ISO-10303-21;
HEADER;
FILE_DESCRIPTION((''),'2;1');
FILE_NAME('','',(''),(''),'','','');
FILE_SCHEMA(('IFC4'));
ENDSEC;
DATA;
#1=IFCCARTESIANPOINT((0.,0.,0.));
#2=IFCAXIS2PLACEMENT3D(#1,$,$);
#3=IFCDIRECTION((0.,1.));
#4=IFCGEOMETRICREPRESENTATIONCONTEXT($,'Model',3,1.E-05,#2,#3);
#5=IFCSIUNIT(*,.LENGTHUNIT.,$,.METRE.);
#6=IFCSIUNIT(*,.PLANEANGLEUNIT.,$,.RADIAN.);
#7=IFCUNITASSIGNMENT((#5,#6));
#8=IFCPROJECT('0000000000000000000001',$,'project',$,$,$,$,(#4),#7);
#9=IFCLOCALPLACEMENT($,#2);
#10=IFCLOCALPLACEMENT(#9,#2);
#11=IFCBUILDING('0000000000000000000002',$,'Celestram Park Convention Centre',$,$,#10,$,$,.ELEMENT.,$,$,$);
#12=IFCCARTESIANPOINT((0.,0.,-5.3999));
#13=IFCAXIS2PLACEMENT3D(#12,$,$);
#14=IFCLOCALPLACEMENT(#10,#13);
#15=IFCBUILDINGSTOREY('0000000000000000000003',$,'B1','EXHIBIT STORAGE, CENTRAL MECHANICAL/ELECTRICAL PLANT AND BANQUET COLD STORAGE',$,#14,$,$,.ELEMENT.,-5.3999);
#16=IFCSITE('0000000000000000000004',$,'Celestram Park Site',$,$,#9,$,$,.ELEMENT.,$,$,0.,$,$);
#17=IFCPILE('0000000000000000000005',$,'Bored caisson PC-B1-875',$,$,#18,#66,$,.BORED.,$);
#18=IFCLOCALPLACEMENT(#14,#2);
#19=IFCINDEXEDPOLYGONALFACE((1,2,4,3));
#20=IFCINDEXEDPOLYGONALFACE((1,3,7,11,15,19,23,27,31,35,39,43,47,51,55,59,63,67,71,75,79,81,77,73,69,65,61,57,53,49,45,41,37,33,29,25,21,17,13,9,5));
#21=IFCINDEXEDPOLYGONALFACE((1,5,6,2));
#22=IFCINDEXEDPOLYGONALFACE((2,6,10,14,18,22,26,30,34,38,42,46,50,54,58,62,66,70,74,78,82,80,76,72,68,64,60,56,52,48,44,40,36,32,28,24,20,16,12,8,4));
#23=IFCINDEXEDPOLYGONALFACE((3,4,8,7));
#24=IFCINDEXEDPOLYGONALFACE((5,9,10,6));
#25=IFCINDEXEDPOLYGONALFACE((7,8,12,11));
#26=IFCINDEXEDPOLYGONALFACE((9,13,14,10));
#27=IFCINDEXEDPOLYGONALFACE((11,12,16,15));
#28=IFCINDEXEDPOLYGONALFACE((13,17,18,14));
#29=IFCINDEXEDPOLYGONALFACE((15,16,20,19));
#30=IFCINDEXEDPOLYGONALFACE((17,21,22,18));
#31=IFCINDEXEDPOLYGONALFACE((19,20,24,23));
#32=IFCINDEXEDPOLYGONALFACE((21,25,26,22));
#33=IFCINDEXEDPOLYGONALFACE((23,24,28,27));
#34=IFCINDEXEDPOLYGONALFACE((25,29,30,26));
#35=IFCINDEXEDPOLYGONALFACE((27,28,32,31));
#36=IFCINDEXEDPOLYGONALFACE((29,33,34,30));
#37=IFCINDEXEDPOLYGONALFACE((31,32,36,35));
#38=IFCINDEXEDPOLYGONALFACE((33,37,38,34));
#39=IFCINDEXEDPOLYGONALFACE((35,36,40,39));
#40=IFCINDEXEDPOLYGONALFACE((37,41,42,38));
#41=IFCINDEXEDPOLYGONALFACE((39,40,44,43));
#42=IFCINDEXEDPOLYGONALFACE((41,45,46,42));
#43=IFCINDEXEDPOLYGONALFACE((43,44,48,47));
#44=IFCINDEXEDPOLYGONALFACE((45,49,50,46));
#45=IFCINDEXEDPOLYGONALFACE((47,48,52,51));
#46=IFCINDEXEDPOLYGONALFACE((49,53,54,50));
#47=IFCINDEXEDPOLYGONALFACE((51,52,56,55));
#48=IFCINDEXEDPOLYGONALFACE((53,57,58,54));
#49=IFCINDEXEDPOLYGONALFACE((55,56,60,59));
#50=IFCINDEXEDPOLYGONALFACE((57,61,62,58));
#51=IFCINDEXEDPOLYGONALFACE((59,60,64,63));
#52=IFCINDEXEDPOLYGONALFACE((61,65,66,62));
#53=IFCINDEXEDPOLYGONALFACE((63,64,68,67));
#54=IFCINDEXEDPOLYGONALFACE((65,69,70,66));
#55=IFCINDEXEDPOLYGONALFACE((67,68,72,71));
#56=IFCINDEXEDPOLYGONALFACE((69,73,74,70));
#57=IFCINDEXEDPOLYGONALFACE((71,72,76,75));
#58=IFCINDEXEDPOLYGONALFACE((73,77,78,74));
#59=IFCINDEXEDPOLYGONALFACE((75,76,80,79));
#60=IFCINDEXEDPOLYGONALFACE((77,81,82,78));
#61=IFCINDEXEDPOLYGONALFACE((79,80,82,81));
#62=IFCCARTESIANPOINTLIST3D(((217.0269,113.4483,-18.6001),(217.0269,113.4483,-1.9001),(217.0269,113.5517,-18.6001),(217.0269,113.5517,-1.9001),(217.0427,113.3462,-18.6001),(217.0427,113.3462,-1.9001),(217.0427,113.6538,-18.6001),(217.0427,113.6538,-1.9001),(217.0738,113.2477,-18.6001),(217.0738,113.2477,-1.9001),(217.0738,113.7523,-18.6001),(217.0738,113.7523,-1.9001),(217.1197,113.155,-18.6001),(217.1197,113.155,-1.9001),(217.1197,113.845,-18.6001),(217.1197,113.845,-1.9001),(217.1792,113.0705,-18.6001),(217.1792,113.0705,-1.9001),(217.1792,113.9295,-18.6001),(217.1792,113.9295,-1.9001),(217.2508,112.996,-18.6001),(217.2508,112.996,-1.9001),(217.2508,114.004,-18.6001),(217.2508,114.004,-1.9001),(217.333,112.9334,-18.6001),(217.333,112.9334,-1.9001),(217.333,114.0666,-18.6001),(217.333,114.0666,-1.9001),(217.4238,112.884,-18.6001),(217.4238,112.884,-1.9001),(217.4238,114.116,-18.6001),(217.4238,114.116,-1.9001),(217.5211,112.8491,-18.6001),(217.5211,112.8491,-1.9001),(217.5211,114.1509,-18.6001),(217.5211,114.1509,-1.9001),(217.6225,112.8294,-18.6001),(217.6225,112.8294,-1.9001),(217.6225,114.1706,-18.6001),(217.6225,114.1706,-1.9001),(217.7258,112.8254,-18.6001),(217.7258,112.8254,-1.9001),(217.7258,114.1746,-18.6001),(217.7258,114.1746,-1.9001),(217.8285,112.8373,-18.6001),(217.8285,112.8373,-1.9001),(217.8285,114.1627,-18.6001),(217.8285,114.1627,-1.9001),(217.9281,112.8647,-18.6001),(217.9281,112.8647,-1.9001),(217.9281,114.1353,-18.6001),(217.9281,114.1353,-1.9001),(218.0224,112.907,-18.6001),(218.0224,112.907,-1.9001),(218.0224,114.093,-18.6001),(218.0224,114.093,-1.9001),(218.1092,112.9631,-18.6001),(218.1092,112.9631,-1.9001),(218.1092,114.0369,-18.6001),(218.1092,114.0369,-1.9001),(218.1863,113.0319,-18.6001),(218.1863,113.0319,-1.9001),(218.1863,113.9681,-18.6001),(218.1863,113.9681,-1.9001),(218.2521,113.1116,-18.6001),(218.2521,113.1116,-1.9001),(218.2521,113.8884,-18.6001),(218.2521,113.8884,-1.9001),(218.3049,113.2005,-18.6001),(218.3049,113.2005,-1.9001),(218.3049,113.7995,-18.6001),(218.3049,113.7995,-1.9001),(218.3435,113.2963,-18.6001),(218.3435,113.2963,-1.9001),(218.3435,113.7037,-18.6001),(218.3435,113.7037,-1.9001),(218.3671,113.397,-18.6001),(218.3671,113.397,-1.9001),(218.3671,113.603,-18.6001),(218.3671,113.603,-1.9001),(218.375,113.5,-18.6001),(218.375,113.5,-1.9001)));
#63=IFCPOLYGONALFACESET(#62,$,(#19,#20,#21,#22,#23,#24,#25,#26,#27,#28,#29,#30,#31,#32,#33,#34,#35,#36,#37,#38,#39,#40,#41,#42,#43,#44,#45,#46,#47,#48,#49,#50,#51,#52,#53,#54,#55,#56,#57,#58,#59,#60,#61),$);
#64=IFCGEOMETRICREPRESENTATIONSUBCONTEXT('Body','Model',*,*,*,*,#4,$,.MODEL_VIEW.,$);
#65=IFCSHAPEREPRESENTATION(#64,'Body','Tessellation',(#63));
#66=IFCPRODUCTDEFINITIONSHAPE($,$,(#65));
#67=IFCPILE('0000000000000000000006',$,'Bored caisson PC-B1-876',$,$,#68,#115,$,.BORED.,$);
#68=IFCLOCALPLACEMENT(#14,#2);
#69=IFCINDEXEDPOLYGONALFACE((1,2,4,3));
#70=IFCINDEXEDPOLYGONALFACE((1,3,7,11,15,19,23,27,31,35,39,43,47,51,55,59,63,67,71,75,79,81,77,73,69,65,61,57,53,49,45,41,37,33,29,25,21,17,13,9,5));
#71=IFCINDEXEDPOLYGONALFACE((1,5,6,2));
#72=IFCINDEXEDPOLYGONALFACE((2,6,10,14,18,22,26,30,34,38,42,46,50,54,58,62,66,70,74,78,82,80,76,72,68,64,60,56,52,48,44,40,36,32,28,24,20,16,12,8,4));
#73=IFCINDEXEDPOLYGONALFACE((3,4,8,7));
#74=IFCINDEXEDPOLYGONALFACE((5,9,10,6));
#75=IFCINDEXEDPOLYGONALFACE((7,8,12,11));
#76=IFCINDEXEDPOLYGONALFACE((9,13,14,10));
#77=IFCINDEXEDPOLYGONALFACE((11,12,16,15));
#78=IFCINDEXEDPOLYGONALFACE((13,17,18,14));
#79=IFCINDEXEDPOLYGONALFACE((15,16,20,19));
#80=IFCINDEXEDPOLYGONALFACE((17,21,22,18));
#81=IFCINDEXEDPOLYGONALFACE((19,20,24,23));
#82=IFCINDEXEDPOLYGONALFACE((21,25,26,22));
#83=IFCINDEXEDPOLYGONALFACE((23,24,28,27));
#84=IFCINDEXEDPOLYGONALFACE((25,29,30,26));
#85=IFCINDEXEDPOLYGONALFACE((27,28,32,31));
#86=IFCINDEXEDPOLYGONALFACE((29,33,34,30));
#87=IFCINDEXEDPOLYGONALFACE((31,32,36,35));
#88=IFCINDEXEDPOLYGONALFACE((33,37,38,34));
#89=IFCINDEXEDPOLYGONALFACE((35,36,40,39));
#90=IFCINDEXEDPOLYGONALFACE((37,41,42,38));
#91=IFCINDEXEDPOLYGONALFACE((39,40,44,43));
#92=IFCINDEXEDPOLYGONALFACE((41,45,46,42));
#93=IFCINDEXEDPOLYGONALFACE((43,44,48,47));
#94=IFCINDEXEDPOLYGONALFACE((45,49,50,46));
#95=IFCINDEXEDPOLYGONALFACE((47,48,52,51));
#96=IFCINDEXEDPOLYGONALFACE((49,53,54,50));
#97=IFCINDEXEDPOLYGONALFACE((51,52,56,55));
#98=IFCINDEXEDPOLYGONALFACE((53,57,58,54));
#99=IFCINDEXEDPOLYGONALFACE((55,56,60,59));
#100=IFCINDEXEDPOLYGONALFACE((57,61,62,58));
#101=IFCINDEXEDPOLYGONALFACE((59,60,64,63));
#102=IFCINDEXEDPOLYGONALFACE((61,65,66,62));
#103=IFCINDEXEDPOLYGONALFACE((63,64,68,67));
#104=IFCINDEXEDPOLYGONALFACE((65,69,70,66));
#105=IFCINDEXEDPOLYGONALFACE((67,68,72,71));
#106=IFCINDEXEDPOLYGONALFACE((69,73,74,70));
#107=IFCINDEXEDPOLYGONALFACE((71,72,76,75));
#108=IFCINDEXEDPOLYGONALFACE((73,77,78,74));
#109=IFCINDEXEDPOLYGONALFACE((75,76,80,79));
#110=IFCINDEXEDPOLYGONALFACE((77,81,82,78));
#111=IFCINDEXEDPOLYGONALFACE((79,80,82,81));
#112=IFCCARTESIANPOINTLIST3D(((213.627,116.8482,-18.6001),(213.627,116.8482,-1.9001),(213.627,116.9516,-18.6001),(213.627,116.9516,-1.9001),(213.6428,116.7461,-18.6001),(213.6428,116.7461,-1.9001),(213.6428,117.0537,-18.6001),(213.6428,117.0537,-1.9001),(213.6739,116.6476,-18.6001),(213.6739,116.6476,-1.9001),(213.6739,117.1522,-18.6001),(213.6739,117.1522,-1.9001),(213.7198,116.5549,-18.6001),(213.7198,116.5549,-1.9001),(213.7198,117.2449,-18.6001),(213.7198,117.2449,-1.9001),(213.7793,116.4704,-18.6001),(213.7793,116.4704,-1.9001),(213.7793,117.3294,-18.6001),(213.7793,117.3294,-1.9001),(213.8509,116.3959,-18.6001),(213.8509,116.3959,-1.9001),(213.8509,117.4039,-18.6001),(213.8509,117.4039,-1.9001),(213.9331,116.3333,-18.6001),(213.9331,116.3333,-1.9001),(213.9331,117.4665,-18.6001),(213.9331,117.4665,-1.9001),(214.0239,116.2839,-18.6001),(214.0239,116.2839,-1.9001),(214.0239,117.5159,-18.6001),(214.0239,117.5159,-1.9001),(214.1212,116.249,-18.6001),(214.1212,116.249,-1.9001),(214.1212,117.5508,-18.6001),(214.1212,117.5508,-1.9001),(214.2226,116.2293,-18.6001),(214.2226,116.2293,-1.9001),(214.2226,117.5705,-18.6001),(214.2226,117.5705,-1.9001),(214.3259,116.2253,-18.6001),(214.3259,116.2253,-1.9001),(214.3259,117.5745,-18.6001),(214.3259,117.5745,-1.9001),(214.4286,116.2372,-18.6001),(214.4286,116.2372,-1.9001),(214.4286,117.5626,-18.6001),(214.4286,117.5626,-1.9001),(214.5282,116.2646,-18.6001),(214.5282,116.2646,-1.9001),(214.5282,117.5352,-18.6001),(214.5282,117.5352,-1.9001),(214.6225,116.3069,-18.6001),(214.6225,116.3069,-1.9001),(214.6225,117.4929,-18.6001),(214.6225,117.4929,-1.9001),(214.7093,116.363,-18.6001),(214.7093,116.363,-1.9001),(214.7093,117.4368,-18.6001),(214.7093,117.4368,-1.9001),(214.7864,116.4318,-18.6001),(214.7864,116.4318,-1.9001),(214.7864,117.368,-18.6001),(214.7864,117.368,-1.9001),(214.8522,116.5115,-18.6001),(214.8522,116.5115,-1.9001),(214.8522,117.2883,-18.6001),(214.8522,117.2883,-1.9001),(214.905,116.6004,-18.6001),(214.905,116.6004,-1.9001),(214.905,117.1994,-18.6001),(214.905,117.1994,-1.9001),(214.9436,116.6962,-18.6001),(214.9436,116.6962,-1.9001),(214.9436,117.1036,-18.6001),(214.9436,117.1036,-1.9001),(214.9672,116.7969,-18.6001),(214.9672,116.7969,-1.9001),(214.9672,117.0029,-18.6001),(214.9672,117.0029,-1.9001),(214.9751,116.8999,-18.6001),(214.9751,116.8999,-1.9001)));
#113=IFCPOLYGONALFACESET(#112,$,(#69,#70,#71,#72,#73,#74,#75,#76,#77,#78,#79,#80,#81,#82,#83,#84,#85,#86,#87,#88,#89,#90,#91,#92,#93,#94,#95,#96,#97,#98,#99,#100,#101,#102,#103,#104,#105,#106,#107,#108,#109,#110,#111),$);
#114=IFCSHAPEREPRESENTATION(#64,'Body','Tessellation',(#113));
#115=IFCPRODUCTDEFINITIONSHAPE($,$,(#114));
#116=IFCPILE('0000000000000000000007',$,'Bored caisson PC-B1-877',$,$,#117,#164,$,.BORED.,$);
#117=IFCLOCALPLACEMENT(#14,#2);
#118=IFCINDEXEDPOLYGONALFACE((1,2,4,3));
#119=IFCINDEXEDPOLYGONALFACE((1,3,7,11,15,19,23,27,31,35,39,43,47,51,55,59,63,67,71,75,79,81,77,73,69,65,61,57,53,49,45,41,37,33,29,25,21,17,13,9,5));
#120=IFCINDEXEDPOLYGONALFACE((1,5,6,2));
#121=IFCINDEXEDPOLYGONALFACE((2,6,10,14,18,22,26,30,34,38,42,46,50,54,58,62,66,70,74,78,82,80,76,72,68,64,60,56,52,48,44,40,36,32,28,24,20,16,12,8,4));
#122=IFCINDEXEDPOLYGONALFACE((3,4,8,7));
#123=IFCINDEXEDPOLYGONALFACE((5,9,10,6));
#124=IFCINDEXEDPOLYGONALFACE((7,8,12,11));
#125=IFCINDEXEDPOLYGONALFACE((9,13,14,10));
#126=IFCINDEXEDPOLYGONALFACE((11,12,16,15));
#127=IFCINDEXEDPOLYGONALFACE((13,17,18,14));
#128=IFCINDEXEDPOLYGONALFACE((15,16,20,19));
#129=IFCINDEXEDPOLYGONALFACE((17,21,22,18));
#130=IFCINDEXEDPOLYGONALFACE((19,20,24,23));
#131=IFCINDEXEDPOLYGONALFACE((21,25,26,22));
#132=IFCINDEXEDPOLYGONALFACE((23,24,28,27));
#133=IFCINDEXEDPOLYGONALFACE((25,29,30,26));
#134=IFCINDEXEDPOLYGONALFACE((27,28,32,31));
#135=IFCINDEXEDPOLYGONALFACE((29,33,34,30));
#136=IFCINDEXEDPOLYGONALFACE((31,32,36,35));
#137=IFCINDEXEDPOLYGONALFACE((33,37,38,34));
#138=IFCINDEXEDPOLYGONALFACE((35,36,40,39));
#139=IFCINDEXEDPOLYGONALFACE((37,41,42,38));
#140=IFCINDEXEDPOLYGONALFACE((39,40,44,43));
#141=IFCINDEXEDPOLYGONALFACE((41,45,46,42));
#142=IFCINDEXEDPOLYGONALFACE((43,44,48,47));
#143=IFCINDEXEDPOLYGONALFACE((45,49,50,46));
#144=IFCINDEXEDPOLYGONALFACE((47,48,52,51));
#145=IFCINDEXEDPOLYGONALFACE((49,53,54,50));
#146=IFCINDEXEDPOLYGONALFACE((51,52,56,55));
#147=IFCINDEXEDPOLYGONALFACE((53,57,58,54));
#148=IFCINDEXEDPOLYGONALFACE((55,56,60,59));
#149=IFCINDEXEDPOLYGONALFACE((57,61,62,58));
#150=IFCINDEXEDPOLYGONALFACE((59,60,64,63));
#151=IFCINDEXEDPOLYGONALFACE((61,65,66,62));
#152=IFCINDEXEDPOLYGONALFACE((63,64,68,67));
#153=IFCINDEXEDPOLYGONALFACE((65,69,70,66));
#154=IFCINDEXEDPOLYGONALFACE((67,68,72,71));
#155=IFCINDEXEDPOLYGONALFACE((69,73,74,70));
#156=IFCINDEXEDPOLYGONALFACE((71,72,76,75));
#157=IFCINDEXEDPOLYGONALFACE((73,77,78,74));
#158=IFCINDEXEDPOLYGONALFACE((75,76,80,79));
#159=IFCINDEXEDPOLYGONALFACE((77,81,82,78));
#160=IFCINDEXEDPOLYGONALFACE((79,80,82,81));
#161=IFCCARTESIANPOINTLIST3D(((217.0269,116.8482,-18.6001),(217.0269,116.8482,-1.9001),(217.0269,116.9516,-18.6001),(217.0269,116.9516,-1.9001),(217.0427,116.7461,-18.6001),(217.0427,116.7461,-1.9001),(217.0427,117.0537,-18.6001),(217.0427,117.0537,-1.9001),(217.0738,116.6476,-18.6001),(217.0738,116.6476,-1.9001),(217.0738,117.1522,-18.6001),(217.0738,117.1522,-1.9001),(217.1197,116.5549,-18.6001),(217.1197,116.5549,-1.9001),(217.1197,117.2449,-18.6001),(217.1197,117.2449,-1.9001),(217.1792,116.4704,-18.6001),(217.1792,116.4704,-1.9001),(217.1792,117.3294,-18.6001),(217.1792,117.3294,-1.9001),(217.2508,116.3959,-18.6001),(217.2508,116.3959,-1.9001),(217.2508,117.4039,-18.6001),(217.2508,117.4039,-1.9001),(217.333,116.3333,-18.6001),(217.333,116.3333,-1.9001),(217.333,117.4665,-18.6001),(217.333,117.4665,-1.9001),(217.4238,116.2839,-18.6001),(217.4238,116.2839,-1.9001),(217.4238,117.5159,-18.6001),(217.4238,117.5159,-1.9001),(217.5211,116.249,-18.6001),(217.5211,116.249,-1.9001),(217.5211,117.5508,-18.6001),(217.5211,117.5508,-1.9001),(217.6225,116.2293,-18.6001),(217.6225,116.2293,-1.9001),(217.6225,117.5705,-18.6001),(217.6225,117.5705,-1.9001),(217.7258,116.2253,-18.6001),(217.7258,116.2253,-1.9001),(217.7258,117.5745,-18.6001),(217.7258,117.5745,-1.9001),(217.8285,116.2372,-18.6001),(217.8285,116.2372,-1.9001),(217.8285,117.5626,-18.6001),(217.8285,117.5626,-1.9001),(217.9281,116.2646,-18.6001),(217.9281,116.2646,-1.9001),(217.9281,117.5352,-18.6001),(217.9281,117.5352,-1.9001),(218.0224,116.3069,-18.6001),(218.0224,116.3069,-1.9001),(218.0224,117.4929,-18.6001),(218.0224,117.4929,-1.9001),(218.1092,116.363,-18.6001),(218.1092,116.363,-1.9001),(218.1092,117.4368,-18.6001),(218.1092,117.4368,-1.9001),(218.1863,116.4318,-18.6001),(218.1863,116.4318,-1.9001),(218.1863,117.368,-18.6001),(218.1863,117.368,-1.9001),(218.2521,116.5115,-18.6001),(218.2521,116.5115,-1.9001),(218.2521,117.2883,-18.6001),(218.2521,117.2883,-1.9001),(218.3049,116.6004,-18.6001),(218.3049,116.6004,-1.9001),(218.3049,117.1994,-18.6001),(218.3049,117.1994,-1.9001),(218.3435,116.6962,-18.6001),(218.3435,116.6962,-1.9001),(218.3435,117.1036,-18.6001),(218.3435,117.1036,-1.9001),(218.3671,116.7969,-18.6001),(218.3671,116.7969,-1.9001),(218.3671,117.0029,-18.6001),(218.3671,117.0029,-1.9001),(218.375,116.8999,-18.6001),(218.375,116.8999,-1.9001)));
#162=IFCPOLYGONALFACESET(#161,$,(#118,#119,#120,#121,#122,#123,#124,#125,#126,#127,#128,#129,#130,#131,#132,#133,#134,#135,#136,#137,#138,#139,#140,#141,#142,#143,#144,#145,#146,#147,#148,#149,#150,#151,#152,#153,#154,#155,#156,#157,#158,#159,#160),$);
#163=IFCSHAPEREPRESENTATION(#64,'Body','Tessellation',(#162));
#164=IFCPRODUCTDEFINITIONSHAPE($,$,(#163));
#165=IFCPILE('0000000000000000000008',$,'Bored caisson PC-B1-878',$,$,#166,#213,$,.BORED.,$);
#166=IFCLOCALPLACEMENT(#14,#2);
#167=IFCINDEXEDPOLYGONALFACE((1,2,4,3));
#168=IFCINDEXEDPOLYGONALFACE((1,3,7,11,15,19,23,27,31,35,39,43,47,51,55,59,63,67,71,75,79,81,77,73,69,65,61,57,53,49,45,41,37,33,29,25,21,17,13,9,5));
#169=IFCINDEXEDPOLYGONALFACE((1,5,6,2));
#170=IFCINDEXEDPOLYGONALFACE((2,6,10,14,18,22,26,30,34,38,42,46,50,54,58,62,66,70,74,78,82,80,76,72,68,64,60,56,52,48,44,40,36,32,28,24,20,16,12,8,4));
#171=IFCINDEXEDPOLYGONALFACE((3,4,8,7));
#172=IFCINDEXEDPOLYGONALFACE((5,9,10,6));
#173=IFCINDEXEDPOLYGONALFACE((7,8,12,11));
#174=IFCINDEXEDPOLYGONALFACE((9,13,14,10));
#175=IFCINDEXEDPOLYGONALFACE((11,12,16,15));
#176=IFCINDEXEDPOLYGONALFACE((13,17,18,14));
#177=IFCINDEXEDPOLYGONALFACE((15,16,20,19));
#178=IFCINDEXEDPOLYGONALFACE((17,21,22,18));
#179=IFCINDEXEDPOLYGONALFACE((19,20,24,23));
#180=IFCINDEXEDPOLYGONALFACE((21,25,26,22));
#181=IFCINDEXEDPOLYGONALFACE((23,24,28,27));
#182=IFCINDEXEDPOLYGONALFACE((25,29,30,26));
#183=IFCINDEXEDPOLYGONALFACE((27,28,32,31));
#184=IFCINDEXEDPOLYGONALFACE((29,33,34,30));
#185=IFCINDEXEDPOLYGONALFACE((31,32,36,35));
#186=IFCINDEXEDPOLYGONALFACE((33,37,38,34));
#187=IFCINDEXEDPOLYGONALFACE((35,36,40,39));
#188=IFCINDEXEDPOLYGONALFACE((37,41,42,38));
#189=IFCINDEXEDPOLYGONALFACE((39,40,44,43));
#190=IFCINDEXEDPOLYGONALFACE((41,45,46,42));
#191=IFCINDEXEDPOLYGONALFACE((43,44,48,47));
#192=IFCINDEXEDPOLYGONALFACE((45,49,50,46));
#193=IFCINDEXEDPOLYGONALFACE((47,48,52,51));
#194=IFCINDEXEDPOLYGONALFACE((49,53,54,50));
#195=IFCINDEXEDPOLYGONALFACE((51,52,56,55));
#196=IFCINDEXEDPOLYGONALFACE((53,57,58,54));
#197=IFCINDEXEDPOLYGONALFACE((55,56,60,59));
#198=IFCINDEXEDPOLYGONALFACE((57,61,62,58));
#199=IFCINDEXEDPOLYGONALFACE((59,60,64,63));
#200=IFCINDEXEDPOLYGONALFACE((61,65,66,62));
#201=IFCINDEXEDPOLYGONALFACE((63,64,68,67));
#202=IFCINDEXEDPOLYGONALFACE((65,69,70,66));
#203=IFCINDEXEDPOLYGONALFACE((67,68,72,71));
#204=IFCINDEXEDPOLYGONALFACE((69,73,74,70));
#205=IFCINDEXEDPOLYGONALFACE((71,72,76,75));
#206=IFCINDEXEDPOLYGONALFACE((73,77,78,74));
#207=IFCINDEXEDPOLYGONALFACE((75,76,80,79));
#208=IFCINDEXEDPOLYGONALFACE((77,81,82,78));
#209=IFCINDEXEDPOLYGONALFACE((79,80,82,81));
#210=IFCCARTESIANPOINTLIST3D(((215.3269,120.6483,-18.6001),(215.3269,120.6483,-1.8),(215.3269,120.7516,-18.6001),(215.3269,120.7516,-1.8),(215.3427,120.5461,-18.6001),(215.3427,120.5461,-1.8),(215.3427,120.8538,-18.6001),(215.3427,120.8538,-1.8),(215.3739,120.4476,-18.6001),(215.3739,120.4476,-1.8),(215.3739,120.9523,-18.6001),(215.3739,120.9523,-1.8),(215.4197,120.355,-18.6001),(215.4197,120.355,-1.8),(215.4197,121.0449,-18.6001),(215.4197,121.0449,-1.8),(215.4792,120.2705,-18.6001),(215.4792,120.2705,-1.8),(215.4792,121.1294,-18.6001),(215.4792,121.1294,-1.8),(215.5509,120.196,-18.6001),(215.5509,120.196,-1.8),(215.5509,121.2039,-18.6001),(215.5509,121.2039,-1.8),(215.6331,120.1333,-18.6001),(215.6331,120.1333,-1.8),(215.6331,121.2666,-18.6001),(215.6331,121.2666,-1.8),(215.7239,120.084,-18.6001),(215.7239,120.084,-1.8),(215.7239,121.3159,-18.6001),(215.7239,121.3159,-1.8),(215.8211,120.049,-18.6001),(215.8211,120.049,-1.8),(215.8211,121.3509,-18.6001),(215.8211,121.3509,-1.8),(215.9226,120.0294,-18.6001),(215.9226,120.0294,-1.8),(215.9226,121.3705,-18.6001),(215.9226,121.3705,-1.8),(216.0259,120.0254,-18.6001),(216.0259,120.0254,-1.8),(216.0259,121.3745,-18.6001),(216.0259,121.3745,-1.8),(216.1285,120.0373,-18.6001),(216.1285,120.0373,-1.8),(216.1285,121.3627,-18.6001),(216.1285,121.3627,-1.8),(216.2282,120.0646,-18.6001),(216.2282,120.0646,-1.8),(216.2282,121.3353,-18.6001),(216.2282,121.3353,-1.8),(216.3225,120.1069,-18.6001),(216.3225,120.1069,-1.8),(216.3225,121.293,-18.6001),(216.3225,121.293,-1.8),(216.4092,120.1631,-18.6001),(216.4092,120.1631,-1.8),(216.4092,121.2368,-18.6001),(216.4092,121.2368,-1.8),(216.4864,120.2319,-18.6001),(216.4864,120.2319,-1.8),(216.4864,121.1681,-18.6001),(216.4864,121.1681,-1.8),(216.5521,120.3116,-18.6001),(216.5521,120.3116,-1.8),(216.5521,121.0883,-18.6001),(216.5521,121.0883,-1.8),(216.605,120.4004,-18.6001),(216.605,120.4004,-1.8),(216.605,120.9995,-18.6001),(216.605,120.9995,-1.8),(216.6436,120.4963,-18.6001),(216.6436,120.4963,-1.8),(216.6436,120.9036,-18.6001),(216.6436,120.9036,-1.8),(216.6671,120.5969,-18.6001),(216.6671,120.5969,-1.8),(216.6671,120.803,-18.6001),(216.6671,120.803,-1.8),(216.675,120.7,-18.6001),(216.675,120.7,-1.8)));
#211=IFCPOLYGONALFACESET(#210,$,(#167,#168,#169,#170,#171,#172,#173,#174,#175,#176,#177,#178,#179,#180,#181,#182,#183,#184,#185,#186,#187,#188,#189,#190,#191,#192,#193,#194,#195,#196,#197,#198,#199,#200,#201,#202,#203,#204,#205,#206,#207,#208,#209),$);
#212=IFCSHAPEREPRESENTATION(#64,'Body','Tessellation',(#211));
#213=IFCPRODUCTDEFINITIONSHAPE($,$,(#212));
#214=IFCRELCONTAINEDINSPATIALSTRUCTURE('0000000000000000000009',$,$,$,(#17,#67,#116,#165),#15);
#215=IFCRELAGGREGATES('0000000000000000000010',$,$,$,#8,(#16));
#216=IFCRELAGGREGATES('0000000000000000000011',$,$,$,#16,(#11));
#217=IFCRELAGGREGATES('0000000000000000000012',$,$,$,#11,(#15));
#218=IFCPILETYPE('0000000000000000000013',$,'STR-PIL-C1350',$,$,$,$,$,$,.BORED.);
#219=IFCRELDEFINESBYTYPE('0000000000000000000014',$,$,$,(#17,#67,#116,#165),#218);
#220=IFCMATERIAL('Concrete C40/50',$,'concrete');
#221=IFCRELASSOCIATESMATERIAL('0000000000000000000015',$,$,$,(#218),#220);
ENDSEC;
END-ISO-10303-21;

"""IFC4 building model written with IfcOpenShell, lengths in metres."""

from ifc_helpers import new_model, si_unit, direction, frame, origin, origin_2d, place, context, subcontext, project, spatial, circle, extrude, material, material_profile, profile_set, type_object, element, save


model = new_model("IFC4")

# Units and contexts
model_context = context("Model", 3, precision=1e-05, world=origin(), true_north=direction((0.0, 1.0)))
body_context = subcontext(model_context, "Body", "Model", "MODEL_VIEW")
ifc_project = project(units=[si_unit("LENGTHUNIT", "METRE"), si_unit("PLANEANGLEUNIT", "RADIAN")], contexts=[model_context])

# Site, building, storey
site_placement = place(None, origin())
site = spatial("IfcSite", under=ifc_project, at=site_placement, Name="Celestram Park Site", CompositionType="ELEMENT", RefElevation=0.0)
building_placement = place(site_placement, origin())
building = spatial("IfcBuilding", under=site, at=building_placement, Name="Celestram Park Convention Centre", CompositionType="ELEMENT")
storey_placement = place(building_placement, frame((0.0, 0.0, -5.3999)))
storey = spatial("IfcBuildingStorey", under=building, at=storey_placement, Name="B1", Description="EXHIBIT STORAGE, CENTRAL MECHANICAL/ELECTRICAL PLANT AND BANQUET COLD STORAGE", CompositionType="ELEMENT", Elevation=-5.3999)

# Shared definitions
ifc_material_1 = material(Name="Concrete C40/50", Category="concrete")

# Piles
ifc_material_profile_1 = material_profile(ifc_material_1, circle(Radius=0.675, at=origin_2d()), Name="CAISSON1350")
ifc_profile_set_1 = profile_set([ifc_material_profile_1], Name="Concrete C40/50")
pile_type_1 = type_object("IfcPileType", Name="STR-PIL-C1350", PredefinedType="BORED", material=ifc_profile_set_1)
for number, where, z_axis, x_axis, name in (
    (1, (217.7, 113.5, -1.9001), (0.0, 0.0, -1.0), (1.0, 0.0, 0.0), "Bored caisson PC-B1-875"),
    (2, (214.3, 116.8999, -1.9001), (0.0, 0.0, -1.0), (1.0, 0.0, 0.0), "Bored caisson PC-B1-876"),
    (3, (217.7, 116.8999, -1.9001), (0.0, 0.0, -1.0), (1.0, 0.0, 0.0), "Bored caisson PC-B1-877"),
):
    element("IfcPile", number, at=place(storey_placement, frame(where, z_axis=z_axis, x_axis=x_axis)), inside=storey, type_object=pile_type_1, Name=name, PredefinedType="BORED", context=body_context, shape_type="SweptSolid", body=[
        extrude(circle(Radius=0.675, at=origin_2d()), origin(), (0.0, 0.0, 1.0), 16.7),
    ])
pile_1_placement = place(storey_placement, frame((216.0, 120.7, -1.8), z_axis=(0.0, 0.0, -1.0), x_axis=(1.0, 0.0, 0.0)))
element("IfcPile", 4, at=pile_1_placement, inside=storey, type_object=pile_type_1, Name="Bored caisson PC-B1-878", PredefinedType="BORED", context=body_context, shape_type="SweptSolid", body=[
    extrude(circle(Radius=0.675, at=origin_2d()), origin(), (0.0, 0.0, 1.0), 16.8),
])

save(model, "model.ifc")
